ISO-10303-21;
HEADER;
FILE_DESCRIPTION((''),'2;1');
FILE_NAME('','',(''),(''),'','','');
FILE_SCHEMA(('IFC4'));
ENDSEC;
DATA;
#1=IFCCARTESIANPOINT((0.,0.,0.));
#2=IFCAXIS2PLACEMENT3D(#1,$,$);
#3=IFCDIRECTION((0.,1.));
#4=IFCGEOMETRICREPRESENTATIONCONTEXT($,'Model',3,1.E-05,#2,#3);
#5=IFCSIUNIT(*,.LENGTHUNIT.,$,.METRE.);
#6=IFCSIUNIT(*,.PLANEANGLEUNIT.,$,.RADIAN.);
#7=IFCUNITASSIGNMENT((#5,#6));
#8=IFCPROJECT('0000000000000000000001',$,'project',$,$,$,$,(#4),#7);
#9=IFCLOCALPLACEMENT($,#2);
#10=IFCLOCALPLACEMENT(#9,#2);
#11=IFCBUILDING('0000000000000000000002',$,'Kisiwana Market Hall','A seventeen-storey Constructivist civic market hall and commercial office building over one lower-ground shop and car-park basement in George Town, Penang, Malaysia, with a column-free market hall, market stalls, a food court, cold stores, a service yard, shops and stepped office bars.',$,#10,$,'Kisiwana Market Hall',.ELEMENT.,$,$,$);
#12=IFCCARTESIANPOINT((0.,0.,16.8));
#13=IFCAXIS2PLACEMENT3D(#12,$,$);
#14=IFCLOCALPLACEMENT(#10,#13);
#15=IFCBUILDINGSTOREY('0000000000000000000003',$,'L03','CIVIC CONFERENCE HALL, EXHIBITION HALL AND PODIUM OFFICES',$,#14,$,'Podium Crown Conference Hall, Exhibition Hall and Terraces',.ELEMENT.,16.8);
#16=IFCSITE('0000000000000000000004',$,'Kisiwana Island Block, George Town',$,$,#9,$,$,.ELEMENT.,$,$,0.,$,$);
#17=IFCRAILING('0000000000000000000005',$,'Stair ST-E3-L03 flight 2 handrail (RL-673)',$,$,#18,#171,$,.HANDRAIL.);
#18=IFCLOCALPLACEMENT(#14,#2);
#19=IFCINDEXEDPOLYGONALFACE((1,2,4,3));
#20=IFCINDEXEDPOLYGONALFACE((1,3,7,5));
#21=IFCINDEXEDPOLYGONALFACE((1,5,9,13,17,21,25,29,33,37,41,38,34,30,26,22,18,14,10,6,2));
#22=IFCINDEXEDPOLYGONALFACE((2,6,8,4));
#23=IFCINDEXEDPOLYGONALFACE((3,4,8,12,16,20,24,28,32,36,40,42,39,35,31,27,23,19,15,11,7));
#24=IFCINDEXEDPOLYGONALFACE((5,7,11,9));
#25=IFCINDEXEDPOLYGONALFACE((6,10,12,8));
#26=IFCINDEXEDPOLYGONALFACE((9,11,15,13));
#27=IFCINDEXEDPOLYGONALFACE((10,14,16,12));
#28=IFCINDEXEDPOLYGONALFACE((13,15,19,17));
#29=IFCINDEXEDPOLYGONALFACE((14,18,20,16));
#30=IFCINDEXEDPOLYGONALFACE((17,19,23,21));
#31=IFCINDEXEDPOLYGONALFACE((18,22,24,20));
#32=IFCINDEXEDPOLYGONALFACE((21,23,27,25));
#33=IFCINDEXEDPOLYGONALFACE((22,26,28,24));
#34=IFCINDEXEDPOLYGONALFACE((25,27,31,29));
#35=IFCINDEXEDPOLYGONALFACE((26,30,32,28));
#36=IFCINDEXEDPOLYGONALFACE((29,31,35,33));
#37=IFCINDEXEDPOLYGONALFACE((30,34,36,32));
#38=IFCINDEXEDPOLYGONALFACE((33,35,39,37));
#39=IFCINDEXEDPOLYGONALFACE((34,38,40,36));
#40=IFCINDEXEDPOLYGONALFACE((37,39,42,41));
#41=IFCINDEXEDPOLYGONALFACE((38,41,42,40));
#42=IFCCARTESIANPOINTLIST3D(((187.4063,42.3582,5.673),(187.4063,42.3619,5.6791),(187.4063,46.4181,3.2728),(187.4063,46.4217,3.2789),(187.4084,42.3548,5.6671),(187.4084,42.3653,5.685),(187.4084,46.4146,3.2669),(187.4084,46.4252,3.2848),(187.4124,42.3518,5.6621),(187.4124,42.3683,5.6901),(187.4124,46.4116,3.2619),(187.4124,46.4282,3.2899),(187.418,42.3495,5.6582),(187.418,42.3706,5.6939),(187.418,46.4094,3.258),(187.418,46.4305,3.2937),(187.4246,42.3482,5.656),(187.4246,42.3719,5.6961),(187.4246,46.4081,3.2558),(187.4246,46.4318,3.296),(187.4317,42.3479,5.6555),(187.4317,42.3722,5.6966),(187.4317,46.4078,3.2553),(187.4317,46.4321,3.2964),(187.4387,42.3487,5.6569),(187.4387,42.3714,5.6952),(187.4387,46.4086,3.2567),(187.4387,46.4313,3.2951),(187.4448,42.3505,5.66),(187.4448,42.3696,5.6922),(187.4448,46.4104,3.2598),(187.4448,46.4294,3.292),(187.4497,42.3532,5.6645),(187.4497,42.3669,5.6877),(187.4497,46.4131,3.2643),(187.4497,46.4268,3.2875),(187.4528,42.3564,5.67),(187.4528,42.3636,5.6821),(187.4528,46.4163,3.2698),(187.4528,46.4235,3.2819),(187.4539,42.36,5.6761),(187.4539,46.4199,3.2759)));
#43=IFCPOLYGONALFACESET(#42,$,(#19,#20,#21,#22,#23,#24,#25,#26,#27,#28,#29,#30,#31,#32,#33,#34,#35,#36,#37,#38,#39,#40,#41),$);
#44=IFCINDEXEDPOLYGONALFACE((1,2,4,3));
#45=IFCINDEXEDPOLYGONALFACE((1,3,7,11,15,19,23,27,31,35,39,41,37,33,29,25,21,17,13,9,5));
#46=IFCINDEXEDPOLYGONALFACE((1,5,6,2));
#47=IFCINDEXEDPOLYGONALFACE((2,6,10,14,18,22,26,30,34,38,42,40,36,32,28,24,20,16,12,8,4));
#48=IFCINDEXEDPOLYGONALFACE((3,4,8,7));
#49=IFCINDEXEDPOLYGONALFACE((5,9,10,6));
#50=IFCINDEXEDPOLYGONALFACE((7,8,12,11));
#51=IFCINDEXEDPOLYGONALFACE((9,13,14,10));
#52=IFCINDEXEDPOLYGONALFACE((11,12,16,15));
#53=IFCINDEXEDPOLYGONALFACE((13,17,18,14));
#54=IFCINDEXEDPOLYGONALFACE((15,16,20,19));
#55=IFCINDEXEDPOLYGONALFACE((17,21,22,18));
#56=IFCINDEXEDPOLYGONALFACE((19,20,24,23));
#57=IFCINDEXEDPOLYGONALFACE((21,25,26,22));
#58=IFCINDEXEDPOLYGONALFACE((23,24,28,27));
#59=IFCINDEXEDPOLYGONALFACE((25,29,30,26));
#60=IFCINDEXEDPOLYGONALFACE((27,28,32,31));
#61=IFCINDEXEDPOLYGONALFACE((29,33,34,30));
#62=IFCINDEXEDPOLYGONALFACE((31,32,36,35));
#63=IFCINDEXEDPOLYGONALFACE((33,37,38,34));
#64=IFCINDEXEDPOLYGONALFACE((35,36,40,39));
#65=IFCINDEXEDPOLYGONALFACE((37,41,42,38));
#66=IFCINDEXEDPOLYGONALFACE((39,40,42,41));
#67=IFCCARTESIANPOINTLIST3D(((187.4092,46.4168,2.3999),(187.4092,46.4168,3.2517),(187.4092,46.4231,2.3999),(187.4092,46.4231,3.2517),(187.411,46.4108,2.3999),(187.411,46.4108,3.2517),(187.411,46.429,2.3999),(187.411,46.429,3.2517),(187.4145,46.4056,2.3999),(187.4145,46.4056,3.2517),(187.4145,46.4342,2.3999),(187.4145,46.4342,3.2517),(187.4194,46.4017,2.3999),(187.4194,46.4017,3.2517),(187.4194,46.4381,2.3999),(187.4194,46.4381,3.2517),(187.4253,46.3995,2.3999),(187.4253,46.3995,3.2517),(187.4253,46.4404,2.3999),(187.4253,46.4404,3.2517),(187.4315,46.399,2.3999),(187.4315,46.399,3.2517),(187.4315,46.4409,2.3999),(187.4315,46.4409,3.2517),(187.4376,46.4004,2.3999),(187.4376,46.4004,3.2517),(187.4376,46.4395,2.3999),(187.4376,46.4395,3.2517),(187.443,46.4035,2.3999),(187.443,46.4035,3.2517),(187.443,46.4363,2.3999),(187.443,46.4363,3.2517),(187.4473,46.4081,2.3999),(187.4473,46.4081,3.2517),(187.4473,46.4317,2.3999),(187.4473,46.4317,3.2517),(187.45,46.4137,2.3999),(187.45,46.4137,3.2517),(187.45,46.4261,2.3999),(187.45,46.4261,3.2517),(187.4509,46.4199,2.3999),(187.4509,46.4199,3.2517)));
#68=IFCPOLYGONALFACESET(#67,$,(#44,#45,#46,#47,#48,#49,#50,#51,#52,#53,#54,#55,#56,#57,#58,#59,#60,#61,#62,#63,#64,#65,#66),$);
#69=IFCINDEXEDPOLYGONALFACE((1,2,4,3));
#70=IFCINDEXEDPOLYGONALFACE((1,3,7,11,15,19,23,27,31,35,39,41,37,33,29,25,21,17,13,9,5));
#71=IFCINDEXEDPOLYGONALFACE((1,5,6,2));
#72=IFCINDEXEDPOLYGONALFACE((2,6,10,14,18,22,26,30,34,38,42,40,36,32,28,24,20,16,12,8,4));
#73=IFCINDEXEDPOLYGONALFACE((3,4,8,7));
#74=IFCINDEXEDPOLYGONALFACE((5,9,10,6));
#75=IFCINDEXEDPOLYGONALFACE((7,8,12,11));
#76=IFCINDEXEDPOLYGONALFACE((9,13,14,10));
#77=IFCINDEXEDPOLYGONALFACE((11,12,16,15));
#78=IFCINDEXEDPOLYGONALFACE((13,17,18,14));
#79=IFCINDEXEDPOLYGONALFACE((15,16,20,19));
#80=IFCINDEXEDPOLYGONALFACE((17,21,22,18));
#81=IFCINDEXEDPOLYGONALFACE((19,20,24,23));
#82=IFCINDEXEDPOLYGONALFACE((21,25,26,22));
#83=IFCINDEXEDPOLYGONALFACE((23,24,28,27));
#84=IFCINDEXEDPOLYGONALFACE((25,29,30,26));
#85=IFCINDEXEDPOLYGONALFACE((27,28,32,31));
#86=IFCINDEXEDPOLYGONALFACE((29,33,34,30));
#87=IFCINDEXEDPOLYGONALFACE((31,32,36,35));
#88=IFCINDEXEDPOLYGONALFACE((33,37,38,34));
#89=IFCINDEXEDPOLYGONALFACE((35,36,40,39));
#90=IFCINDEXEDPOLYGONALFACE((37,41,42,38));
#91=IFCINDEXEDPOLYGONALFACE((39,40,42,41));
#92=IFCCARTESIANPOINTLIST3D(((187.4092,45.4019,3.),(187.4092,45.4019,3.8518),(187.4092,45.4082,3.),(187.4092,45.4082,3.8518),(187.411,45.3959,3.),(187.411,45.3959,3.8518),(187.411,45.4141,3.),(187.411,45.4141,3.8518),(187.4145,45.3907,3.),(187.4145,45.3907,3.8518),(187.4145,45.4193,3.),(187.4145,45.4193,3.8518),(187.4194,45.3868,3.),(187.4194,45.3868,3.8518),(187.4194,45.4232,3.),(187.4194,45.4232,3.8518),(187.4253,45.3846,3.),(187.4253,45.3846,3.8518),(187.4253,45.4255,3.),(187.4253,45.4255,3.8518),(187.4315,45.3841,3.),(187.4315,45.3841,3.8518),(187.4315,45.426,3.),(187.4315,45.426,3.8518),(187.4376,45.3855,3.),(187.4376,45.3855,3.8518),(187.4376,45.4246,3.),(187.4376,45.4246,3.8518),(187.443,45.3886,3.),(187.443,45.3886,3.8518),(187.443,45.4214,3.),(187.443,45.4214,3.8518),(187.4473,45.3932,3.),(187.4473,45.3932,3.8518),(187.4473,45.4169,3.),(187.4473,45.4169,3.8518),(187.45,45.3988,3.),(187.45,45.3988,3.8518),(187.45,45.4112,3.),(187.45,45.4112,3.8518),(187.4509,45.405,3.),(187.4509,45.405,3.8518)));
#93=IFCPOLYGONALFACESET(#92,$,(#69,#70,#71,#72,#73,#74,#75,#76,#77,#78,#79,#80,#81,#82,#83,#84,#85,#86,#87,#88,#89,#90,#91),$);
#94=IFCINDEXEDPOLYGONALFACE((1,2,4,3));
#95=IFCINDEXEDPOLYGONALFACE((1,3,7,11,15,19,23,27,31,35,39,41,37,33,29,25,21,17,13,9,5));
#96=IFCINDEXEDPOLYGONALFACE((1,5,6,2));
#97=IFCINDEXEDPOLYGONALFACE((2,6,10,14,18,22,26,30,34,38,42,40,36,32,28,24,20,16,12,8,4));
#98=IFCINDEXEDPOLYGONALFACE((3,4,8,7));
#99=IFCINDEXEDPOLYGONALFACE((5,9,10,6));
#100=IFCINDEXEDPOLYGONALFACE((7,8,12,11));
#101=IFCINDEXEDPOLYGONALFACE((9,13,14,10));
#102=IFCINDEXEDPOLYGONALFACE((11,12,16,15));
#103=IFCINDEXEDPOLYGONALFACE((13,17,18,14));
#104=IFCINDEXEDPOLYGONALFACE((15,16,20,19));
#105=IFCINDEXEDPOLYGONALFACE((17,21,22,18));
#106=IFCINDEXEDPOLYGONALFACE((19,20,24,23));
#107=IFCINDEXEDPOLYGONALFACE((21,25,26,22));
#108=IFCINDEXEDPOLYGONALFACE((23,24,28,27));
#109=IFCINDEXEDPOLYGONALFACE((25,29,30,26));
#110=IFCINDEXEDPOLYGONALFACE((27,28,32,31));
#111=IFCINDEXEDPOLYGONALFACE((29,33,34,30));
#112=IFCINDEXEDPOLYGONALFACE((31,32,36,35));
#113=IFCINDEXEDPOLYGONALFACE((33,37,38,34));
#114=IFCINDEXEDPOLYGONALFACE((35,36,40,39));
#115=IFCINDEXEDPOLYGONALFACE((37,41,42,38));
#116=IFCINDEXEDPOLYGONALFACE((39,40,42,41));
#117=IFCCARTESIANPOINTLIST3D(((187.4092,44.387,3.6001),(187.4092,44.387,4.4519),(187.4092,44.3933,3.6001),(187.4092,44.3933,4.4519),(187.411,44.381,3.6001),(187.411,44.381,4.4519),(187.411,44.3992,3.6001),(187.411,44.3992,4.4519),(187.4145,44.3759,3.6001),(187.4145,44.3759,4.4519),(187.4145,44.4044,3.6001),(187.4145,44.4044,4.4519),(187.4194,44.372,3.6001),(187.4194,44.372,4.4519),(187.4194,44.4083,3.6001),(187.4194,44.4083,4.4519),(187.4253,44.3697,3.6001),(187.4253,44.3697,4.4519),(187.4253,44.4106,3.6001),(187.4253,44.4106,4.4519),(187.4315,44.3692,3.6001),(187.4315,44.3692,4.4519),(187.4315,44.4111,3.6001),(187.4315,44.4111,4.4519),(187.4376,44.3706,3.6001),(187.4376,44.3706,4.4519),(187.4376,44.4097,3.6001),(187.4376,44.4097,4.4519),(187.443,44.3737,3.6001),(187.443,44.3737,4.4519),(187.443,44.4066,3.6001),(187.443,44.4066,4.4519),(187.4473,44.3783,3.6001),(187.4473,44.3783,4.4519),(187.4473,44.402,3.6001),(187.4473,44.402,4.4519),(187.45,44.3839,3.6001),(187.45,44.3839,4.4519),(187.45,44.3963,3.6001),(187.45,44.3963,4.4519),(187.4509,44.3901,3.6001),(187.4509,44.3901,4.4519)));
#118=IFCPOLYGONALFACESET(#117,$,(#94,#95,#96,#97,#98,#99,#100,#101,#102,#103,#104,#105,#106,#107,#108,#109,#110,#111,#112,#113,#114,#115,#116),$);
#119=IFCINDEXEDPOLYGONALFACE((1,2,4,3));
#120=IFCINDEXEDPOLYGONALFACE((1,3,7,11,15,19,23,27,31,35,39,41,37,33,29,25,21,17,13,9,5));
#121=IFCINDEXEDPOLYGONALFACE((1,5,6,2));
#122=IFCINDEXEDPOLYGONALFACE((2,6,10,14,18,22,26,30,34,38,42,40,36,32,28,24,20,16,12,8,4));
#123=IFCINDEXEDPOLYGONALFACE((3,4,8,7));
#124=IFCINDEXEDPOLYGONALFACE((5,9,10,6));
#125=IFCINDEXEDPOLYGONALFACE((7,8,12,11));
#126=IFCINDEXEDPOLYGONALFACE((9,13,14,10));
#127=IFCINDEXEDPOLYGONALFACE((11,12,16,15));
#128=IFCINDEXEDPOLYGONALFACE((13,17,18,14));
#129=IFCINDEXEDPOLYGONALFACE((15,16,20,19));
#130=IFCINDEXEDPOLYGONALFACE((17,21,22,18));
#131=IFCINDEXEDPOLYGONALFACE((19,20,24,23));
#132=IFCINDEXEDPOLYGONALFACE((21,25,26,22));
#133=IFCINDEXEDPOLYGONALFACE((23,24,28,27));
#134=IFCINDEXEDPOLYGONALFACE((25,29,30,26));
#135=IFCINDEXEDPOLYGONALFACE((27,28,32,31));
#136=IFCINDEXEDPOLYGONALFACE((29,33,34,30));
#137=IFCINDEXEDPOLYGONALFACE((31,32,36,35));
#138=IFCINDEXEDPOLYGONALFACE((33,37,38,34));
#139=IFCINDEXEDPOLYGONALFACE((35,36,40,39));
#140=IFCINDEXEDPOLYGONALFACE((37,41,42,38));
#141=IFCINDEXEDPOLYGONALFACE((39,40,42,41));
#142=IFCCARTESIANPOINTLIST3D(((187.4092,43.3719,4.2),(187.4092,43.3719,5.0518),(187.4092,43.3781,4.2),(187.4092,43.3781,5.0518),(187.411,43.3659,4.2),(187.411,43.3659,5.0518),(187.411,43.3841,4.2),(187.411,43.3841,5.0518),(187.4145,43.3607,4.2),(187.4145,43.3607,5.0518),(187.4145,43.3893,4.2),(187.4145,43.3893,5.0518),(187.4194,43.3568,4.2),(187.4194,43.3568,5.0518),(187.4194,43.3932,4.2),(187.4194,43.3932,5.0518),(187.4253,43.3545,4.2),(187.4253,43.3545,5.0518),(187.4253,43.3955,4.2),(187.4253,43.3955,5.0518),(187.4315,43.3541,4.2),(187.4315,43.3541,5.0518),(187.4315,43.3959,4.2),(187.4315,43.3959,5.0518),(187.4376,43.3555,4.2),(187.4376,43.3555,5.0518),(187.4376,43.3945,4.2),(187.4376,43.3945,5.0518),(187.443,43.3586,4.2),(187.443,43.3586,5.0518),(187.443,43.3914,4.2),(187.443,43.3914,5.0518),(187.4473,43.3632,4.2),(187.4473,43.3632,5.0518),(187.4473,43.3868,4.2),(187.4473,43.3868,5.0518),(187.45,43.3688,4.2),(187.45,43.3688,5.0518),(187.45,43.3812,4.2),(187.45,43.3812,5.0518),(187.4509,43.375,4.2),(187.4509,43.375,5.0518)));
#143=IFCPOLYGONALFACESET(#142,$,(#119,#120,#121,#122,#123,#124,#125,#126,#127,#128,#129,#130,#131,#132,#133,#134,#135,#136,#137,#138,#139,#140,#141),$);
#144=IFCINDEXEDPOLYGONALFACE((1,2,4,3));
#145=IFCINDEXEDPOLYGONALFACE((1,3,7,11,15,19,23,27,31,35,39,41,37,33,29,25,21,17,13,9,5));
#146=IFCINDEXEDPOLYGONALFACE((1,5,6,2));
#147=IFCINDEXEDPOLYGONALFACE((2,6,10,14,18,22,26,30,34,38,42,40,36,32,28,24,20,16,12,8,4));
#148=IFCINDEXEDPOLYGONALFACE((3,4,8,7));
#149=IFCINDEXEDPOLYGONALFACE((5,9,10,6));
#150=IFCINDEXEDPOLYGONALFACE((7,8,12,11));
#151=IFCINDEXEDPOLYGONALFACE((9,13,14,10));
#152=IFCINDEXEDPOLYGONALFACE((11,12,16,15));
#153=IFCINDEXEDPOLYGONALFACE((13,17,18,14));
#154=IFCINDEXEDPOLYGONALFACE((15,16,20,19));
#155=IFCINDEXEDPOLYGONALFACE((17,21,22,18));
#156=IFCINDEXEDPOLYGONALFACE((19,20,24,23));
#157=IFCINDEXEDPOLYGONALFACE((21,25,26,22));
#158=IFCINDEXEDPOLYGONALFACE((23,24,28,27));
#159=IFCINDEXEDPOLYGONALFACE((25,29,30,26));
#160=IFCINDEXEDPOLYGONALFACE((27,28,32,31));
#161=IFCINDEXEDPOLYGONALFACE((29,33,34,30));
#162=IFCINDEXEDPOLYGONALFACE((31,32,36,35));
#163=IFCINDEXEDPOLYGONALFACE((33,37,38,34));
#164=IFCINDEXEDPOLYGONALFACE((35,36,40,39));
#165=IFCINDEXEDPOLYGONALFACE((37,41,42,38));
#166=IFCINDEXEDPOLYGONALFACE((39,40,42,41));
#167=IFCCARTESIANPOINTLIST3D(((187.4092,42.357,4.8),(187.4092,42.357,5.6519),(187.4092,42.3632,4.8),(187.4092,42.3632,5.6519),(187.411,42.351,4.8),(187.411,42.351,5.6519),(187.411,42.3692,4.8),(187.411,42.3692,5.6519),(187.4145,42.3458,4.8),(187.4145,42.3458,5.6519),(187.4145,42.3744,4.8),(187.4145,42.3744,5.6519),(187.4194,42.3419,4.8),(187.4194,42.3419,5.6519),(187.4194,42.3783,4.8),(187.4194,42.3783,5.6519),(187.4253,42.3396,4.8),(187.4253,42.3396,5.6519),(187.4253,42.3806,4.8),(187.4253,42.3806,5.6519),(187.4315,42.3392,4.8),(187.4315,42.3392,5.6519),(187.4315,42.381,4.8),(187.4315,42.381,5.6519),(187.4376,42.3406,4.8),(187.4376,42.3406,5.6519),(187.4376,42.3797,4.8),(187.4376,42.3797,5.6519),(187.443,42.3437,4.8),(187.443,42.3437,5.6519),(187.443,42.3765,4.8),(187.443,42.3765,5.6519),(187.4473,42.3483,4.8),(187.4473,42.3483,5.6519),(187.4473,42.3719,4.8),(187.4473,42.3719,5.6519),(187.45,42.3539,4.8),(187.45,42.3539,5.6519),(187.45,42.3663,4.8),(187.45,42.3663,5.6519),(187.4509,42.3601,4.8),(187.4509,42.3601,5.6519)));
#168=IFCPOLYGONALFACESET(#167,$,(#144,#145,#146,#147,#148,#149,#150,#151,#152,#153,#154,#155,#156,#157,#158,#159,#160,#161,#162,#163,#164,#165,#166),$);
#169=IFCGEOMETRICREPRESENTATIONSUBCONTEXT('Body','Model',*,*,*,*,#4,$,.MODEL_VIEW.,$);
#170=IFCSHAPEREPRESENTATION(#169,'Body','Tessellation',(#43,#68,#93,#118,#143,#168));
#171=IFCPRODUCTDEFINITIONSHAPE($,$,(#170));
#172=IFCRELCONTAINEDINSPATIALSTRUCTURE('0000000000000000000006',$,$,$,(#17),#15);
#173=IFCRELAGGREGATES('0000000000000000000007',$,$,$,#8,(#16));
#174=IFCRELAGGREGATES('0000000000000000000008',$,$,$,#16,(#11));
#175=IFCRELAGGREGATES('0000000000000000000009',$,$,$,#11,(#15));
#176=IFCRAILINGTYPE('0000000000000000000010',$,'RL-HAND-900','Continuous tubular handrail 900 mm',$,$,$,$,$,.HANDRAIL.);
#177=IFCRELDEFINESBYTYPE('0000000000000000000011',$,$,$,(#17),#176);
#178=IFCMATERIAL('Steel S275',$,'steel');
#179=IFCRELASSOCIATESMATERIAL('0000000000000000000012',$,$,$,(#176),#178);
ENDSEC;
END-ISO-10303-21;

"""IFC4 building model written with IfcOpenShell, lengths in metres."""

from ifc_helpers import new_model, si_unit, direction, frame, origin, origin_2d, place, context, subcontext, project, spatial, circle, extrude, material, type_object, element, save


model = new_model("IFC4")

# Units and contexts
model_context = context("Model", 3, precision=1e-05, world=origin(), true_north=direction((0.0, 1.0)))
body_context = subcontext(model_context, "Body", "Model", "MODEL_VIEW")
ifc_project = project(units=[si_unit("LENGTHUNIT", "METRE"), si_unit("PLANEANGLEUNIT", "RADIAN")], contexts=[model_context])

# Site, building, storey
site_placement = place(None, origin())
site = spatial("IfcSite", under=ifc_project, at=site_placement, Name="Kisiwana Island Block, George Town", CompositionType="ELEMENT", RefElevation=0.0)
building_placement = place(site_placement, origin())
building = spatial("IfcBuilding", under=site, at=building_placement, Name="Kisiwana Market Hall", Description="A seventeen-storey Constructivist civic market hall and commercial office building over one lower-ground shop and car-park basement in George Town, Penang, Malaysia, with a column-free market hall, market stalls, a food court, cold stores, a service yard, shops and stepped office bars.", LongName="Kisiwana Market Hall", CompositionType="ELEMENT")
storey_placement = place(building_placement, frame((0.0, 0.0, 16.8)))
storey = spatial("IfcBuildingStorey", under=building, at=storey_placement, Name="L03", Description="CIVIC CONFERENCE HALL, EXHIBITION HALL AND PODIUM OFFICES", LongName="Podium Crown Conference Hall, Exhibition Hall and Terraces", CompositionType="ELEMENT", Elevation=16.8)

# Railing
ifc_material_1 = material(Name="Steel S275", Category="steel")
railing_type_1 = type_object("IfcRailingType", Name="RL-HAND-900", Description="Continuous tubular handrail 900 mm", PredefinedType="HANDRAIL", material=ifc_material_1)
railing_1_placement = place(storey_placement, frame((187.4299, 46.4199, 2.3999)))
element("IfcRailing", 1, at=railing_1_placement, inside=storey, type_object=railing_type_1, Name="Stair ST-E3-L03 flight 2 handrail (RL-673)", PredefinedType="HANDRAIL", context=body_context, shape_type="SweptSolid", body=[
    extrude(circle(Radius=0.0239, at=origin_2d()), frame((0.0, 0.0, 0.876), z_axis=(0.0, -0.860818, 0.508912), x_axis=(1.0, 0.0, 0.0)), (0.0, 0.0, 1.0), 4.7163),
    extrude(circle(Radius=0.021, at=origin_2d()), origin(), (0.0, 0.0, 1.0), 0.8518),
    extrude(circle(Radius=0.021, at=origin_2d()), frame((0.0, -1.0149, 0.6001)), (0.0, 0.0, 1.0), 0.8518),
    extrude(circle(Radius=0.021, at=origin_2d()), frame((0.0, -2.0298, 1.2002)), (0.0, 0.0, 1.0), 0.8518),
    extrude(circle(Radius=0.021, at=origin_2d()), frame((0.0, -3.0449, 1.8)), (0.0, 0.0, 1.0), 0.8518),
    extrude(circle(Radius=0.021, at=origin_2d()), frame((0.0, -4.0598, 2.4001)), (0.0, 0.0, 1.0), 0.8518),
])

save(model, "model.ifc")
